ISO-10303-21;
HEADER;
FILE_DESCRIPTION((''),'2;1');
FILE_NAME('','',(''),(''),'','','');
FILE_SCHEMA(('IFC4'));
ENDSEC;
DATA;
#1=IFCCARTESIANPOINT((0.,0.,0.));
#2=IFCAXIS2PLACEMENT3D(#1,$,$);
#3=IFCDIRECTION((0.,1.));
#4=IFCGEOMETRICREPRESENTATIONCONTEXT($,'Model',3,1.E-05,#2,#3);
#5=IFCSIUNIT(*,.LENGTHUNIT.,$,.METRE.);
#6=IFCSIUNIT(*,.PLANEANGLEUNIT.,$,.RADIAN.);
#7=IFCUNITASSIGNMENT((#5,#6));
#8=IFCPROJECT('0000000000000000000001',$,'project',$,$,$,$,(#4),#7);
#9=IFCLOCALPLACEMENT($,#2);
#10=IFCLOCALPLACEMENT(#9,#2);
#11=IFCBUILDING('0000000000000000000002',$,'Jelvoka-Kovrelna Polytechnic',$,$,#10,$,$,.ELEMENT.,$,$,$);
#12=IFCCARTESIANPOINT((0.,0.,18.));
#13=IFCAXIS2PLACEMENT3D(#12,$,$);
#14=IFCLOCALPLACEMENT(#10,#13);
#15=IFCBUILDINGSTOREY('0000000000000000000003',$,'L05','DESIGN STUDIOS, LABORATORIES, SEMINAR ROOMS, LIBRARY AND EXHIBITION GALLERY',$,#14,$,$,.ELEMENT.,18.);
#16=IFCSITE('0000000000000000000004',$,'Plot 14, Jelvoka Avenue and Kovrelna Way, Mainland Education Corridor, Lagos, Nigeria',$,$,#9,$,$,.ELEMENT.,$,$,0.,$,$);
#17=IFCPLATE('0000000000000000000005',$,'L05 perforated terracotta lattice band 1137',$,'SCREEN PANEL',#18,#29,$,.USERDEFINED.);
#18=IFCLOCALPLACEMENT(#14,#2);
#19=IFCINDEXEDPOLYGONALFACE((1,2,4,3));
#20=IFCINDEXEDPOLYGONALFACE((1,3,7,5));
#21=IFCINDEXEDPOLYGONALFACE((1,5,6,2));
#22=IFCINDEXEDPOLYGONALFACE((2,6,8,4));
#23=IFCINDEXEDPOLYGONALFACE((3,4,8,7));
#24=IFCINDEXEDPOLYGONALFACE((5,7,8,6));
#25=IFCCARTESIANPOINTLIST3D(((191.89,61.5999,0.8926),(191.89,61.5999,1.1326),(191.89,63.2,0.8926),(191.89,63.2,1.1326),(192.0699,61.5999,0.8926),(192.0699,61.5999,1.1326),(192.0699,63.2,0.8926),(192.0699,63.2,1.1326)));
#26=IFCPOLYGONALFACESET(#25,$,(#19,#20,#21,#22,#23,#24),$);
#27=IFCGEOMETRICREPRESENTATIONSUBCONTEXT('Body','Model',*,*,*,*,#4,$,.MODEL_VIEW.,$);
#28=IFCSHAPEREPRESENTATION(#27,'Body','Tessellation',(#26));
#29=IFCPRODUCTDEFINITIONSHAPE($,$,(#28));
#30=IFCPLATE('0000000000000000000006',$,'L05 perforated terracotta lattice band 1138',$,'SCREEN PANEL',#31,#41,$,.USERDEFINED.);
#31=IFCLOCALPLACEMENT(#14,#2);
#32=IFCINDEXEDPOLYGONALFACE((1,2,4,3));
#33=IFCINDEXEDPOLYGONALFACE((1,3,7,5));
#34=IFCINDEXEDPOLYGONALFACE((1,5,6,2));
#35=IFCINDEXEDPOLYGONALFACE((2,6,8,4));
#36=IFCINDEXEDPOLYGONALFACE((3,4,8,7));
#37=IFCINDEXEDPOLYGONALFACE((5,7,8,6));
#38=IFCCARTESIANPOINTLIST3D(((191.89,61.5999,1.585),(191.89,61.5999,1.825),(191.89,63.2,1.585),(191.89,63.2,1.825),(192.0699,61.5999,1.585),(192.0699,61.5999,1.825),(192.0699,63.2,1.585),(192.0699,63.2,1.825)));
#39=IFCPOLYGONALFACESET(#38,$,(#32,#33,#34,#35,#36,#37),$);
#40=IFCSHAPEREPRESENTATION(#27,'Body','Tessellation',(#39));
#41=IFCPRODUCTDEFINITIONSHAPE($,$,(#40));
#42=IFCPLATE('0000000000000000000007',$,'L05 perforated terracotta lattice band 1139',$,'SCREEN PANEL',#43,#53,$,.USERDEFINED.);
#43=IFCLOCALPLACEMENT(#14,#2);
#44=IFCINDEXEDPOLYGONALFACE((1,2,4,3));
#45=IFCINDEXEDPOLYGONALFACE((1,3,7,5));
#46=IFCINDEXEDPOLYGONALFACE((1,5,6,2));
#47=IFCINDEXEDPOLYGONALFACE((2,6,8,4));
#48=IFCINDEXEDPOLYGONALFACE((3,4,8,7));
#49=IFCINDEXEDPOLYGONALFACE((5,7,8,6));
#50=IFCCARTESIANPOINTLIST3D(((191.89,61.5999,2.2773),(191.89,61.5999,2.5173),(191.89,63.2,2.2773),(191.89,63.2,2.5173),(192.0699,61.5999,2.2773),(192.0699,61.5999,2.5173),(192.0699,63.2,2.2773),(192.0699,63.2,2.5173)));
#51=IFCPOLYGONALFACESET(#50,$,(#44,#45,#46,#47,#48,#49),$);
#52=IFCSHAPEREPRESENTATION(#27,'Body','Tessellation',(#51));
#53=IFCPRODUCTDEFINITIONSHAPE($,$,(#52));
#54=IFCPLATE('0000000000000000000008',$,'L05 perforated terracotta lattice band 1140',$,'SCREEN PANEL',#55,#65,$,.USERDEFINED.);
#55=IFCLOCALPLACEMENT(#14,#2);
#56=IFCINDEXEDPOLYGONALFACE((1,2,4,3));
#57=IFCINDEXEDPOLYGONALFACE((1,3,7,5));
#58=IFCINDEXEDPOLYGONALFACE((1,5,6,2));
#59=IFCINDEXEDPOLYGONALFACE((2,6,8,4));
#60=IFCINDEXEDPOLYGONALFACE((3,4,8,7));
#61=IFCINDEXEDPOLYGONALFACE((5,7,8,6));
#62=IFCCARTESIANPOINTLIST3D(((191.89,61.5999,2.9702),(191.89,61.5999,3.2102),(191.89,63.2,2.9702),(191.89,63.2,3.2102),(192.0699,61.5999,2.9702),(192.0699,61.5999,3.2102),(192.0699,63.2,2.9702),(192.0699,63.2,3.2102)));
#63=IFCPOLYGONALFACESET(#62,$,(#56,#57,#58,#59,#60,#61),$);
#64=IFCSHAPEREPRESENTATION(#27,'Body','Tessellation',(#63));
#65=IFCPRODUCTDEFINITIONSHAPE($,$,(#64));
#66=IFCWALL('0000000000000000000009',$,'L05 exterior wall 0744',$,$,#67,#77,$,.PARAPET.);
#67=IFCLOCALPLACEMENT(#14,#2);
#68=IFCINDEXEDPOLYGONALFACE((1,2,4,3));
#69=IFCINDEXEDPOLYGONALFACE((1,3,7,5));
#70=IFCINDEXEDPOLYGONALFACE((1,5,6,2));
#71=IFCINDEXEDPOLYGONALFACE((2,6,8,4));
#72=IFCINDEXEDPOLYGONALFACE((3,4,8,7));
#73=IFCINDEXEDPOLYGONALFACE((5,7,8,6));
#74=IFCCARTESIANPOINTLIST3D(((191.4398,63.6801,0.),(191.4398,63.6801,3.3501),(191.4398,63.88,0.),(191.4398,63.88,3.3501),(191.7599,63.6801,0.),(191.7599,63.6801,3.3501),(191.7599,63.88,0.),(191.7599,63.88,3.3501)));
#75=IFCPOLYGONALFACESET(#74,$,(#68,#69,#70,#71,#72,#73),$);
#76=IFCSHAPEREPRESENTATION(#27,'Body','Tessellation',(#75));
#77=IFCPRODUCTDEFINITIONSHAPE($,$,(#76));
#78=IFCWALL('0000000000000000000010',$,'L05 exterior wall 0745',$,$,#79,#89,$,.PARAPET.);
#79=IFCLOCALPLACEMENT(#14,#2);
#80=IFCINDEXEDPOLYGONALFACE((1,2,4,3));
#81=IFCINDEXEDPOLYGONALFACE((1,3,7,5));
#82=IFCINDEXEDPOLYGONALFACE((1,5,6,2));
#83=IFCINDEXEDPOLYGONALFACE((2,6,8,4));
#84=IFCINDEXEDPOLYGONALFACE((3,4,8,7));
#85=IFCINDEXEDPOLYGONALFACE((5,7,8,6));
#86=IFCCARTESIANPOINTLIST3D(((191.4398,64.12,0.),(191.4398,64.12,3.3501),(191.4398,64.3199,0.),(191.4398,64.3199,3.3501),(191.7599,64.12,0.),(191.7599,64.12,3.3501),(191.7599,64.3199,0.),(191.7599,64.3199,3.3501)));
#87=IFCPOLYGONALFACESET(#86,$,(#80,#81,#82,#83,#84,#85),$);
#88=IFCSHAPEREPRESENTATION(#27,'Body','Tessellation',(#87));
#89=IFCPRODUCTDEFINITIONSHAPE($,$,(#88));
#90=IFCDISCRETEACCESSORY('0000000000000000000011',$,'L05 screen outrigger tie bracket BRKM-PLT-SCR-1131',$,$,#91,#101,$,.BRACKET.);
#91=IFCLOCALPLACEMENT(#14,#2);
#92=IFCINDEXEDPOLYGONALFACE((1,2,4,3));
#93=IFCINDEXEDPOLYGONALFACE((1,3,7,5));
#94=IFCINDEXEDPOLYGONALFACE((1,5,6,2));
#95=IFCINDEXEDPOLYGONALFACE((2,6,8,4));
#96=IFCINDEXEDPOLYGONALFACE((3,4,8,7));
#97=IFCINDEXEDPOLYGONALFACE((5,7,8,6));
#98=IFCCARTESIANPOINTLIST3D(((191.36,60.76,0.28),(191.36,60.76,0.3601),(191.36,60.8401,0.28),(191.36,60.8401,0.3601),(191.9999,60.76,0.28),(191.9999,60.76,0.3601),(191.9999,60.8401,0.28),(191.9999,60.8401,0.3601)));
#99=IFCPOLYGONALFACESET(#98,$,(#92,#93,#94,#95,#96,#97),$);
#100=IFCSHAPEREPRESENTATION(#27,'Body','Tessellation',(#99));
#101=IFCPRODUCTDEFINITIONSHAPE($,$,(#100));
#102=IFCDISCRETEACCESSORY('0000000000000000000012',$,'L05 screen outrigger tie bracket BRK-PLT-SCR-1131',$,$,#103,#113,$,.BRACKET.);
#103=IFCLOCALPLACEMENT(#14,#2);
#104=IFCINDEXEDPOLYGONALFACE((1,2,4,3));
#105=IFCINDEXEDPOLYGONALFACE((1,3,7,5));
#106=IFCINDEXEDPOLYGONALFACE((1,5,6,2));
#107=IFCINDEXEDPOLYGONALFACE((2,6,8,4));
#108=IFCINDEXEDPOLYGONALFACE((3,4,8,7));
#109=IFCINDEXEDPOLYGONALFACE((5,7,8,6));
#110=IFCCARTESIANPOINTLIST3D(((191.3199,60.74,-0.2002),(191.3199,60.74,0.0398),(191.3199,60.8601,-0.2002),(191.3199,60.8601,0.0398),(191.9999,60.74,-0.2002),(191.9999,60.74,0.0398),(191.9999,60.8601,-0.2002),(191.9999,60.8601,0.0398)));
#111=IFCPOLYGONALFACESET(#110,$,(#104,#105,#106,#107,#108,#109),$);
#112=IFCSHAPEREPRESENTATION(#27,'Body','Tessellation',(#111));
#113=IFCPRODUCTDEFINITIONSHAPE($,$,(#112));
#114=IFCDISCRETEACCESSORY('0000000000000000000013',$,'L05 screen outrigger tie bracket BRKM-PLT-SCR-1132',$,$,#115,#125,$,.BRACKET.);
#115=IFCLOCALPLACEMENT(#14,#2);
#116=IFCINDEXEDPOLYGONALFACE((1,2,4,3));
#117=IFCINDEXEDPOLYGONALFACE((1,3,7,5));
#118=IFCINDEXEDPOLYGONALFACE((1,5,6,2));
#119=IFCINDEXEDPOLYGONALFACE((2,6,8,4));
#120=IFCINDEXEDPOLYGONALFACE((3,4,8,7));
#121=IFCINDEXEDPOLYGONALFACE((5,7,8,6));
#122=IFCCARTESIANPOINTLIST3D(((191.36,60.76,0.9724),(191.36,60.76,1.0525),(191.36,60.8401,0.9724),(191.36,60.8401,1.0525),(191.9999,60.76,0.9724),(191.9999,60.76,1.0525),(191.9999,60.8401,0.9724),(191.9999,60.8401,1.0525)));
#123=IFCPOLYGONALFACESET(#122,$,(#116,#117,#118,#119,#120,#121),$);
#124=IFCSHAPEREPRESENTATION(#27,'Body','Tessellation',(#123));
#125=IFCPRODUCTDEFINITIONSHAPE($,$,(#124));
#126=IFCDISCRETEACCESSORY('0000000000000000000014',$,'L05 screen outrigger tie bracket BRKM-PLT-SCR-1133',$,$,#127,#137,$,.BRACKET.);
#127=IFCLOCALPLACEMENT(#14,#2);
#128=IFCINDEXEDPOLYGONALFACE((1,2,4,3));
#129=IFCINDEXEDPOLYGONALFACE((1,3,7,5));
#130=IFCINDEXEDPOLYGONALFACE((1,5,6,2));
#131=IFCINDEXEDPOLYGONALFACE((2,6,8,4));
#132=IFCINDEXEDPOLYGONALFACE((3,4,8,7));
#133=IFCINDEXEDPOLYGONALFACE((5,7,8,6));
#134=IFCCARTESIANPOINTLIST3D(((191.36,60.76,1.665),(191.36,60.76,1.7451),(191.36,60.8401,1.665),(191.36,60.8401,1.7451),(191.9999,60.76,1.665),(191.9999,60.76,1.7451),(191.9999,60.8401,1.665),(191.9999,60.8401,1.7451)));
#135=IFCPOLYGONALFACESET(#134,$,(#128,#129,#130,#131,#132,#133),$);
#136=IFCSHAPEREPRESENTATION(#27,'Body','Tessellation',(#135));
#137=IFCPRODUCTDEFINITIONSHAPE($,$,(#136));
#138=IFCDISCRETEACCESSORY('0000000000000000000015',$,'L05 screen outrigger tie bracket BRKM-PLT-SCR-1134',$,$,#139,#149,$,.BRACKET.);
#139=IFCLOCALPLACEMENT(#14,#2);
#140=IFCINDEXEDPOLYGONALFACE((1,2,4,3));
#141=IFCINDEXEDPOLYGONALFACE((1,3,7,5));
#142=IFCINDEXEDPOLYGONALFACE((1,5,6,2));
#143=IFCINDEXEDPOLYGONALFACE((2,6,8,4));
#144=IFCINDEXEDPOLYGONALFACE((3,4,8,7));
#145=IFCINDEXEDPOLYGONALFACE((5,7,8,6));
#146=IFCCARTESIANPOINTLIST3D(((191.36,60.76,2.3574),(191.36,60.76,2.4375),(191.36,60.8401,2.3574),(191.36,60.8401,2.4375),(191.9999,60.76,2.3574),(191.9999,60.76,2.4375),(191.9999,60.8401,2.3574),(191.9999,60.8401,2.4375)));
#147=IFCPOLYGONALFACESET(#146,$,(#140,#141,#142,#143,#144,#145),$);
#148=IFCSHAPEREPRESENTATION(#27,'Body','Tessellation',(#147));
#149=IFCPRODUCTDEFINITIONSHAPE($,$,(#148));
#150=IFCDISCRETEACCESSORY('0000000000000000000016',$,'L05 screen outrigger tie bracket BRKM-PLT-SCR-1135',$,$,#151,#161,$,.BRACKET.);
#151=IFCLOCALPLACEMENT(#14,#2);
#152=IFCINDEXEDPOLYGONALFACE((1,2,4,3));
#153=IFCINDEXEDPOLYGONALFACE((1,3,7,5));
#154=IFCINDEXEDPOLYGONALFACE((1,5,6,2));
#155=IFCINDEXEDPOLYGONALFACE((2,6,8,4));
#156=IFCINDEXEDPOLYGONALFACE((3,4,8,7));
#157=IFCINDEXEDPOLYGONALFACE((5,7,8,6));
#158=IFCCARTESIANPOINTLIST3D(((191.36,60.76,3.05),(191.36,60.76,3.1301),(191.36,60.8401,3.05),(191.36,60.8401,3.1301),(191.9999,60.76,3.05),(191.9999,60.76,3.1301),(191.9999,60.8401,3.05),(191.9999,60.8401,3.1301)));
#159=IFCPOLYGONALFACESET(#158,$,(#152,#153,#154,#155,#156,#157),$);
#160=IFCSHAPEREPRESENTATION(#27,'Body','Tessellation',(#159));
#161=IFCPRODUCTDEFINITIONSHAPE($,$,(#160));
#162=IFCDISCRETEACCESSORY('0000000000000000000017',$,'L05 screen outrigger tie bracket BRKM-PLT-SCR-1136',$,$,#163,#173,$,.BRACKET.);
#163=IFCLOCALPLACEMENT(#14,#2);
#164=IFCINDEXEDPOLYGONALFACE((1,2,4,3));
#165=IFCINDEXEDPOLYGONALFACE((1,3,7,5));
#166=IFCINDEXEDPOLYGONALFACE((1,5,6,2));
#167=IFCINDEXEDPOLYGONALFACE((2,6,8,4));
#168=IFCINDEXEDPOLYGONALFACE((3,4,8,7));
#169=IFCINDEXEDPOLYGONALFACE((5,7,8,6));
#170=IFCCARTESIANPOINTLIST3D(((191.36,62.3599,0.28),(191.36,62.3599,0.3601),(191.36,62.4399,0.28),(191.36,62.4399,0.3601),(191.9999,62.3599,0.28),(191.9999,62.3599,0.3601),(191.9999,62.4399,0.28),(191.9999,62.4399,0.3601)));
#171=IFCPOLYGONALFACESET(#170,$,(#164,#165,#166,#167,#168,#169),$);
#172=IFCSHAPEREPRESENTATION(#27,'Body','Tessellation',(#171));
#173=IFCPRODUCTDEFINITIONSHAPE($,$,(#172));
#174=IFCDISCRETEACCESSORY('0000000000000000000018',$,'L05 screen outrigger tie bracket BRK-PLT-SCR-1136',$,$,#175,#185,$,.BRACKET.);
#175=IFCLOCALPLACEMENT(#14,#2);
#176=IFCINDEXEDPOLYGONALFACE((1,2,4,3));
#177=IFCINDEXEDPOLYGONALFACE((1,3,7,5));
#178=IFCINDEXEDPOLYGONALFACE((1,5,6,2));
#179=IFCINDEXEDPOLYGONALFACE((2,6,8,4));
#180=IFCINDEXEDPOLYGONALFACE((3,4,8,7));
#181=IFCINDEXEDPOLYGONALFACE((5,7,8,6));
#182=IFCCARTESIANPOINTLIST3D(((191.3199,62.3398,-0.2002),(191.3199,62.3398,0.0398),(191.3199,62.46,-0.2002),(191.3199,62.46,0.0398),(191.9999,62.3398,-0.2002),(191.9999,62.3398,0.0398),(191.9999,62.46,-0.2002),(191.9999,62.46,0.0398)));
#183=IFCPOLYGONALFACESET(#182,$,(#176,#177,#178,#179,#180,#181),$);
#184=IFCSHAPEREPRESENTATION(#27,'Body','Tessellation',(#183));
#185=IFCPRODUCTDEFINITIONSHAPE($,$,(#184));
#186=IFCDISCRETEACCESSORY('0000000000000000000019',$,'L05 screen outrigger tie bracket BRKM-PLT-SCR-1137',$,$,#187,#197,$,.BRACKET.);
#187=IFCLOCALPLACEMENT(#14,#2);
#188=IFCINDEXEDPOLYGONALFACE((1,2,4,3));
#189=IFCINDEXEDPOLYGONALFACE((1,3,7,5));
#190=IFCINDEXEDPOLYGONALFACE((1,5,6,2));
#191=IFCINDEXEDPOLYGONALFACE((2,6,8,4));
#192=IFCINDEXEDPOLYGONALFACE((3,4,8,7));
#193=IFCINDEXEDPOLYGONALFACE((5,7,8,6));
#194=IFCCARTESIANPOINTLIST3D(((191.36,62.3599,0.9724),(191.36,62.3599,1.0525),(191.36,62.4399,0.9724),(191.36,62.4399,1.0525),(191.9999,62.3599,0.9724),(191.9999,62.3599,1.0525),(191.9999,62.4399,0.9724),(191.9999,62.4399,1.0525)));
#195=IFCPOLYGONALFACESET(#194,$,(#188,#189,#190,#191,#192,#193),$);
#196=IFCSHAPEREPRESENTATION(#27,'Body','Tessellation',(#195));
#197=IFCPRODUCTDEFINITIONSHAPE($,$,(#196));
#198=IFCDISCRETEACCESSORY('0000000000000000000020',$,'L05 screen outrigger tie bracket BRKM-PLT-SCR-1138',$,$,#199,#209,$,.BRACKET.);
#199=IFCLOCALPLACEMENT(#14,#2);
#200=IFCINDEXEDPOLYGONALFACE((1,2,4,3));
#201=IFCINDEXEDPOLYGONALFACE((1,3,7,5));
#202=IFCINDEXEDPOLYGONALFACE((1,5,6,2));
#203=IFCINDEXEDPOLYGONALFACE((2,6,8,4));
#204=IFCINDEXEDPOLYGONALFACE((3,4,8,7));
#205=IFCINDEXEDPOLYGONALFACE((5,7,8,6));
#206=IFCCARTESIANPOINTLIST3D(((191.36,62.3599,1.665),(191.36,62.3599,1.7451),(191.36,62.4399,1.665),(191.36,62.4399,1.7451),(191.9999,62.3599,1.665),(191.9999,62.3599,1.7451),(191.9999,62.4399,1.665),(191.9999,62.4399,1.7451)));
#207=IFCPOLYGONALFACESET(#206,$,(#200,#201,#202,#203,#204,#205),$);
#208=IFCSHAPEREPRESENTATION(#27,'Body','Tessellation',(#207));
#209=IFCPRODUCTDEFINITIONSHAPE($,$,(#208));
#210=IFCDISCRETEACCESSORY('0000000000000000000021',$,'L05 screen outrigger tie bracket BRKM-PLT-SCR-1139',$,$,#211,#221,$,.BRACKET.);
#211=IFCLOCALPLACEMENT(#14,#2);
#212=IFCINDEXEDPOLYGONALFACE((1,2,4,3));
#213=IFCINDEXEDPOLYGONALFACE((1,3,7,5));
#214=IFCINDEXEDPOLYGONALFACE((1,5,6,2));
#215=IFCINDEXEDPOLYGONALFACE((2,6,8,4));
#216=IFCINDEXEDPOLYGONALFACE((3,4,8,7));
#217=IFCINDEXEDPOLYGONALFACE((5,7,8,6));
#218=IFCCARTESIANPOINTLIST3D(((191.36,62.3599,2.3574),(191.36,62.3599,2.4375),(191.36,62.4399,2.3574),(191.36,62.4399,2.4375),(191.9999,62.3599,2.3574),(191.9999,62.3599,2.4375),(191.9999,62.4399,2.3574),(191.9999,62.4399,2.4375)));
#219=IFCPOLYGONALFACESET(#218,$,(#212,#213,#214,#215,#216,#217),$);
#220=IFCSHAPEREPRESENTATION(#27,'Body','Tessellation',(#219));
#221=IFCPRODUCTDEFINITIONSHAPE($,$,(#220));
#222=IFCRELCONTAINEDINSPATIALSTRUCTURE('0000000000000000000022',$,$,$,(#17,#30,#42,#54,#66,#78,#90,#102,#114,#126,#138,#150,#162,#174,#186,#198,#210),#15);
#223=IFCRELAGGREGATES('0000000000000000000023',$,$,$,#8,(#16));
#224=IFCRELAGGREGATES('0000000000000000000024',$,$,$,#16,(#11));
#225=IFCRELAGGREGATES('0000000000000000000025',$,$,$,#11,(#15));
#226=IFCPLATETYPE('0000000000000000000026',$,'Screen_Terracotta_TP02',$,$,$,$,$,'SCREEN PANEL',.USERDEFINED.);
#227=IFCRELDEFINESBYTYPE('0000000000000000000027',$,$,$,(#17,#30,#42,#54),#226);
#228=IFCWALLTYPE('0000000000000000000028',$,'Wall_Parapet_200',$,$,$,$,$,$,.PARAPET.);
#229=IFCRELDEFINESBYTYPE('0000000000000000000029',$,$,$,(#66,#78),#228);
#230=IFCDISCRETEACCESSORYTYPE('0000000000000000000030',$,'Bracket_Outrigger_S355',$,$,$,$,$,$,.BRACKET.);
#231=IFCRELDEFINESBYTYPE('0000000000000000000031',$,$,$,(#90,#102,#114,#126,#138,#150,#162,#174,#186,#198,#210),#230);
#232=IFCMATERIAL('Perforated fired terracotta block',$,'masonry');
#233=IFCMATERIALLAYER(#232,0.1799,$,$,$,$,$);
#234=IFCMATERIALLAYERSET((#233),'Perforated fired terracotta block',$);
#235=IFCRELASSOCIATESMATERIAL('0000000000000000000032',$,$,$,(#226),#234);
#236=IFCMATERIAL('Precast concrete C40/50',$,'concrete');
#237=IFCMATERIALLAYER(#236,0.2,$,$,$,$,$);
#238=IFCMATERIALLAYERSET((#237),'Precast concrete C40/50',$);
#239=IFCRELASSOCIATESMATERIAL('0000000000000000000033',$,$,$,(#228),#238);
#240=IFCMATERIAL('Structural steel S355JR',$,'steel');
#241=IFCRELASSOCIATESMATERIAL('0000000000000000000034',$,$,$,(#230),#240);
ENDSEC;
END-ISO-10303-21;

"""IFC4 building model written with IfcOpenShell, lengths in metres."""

from ifc_helpers import new_model, si_unit, direction, frame, frame_2d, origin, origin_2d, place, context, subcontext, project, spatial, rectangle, extrude, material, layer, layer_set, type_object, element, save


model = new_model("IFC4")

# Units and contexts
model_context = context("Model", 3, precision=1e-05, world=origin(), true_north=direction((0.0, 1.0)))
body_context = subcontext(model_context, "Body", "Model", "MODEL_VIEW")
ifc_project = project(units=[si_unit("LENGTHUNIT", "METRE"), si_unit("PLANEANGLEUNIT", "RADIAN")], contexts=[model_context])

# Site, building, storey
site_placement = place(None, origin())
site = spatial("IfcSite", under=ifc_project, at=site_placement, Name="Plot 14, Jelvoka Avenue and Kovrelna Way, Mainland Education Corridor, Lagos, Nigeria", CompositionType="ELEMENT", RefElevation=0.0)
building_placement = place(site_placement, origin())
building = spatial("IfcBuilding", under=site, at=building_placement, Name="Jelvoka-Kovrelna Polytechnic", CompositionType="ELEMENT")
storey_placement = place(building_placement, frame((0.0, 0.0, 18.0)))
storey = spatial("IfcBuildingStorey", under=building, at=storey_placement, Name="L05", Description="DESIGN STUDIOS, LABORATORIES, SEMINAR ROOMS, LIBRARY AND EXHIBITION GALLERY", CompositionType="ELEMENT", Elevation=18.0)

# Plates
ifc_material_1 = material(Name="Perforated fired terracotta block", Category="masonry")
ifc_layer_1 = layer(ifc_material_1, 0.1799)
ifc_layer_set_1 = layer_set([ifc_layer_1], Name="Perforated fired terracotta block")
plate_type = type_object("IfcPlateType", Name="Screen_Terracotta_TP02", ElementType="SCREEN PANEL", PredefinedType="USERDEFINED", material=ifc_layer_set_1)
for number, where, z_axis, x_axis, name in (
    (1, (191.98, 62.3999, 0.8926), (0.0, 0.0, 1.0), (0.0, 1.0, 0.0), "L05 perforated terracotta lattice band 1137"),
    (2, (191.98, 62.3999, 1.585), (0.0, 0.0, 1.0), (0.0, 1.0, 0.0), "L05 perforated terracotta lattice band 1138"),
    (3, (191.98, 62.3999, 2.2773), (0.0, 0.0, 1.0), (0.0, 1.0, 0.0), "L05 perforated terracotta lattice band 1139"),
    (4, (191.98, 62.3999, 2.9702), (0.0, 0.0, 1.0), (0.0, 1.0, 0.0), "L05 perforated terracotta lattice band 1140"),
):
    element("IfcPlate", number, at=place(storey_placement, frame(where, z_axis=z_axis, x_axis=x_axis)), inside=storey, type_object=plate_type, Name=name, ObjectType="SCREEN PANEL", PredefinedType="USERDEFINED", context=body_context, shape_type="SweptSolid", body=[
        extrude(rectangle(XDim=1.6001, YDim=0.1799, at=origin_2d()), origin(), (0.0, 0.0, 1.0), 0.24),
    ])

# Walls
ifc_material_2 = material(Name="Precast concrete C40/50", Category="concrete")
ifc_layer_2 = layer(ifc_material_2, 0.2)
ifc_layer_set_2 = layer_set([ifc_layer_2], Name="Precast concrete C40/50")
wall_type = type_object("IfcWallType", Name="Wall_Parapet_200", PredefinedType="PARAPET", material=ifc_layer_set_2)
for number, where, z_axis, x_axis, name in (
    (5, (191.76, 63.78, 0.0), (0.0, 0.0, 1.0), (-1.0, 0.0, 0.0), "L05 exterior wall 0744"),
    (6, (191.76, 64.22, 0.0), (0.0, 0.0, 1.0), (-1.0, 0.0, 0.0), "L05 exterior wall 0745"),
):
    element("IfcWall", number, at=place(storey_placement, frame(where, z_axis=z_axis, x_axis=x_axis)), inside=storey, type_object=wall_type, Name=name, PredefinedType="PARAPET", context=body_context, shape_type="SweptSolid", body=[
        extrude(rectangle(XDim=0.3201, YDim=0.2, at=frame_2d((0.1602, 0.0))), origin(), (0.0, 0.0, 1.0), 3.3501),
    ])

# Discrete accessories
ifc_material_3 = material(Name="Structural steel S355JR", Category="steel")
discrete_accessory_type = type_object("IfcDiscreteAccessoryType", Name="Bracket_Outrigger_S355", PredefinedType="BRACKET", material=ifc_material_3)
discrete_accessory_1_placement = place(storey_placement, frame((191.6799, 60.8, 0.28), z_axis=(0.0, 0.0, 1.0), x_axis=(1.0, 0.0, 0.0)))
element("IfcDiscreteAccessory", 7, at=discrete_accessory_1_placement, inside=storey, type_object=discrete_accessory_type, Name="L05 screen outrigger tie bracket BRKM-PLT-SCR-1131", PredefinedType="BRACKET", context=body_context, shape_type="SweptSolid", body=[
    extrude(rectangle(XDim=0.6399, YDim=0.0801, at=origin_2d()), origin(), (0.0, 0.0, 1.0), 0.0801),
])
discrete_accessory_2_placement = place(storey_placement, frame((191.6599, 60.8, -0.2002), z_axis=(0.0, 0.0, 1.0), x_axis=(1.0, 0.0, 0.0)))
element("IfcDiscreteAccessory", 8, at=discrete_accessory_2_placement, inside=storey, type_object=discrete_accessory_type, Name="L05 screen outrigger tie bracket BRK-PLT-SCR-1131", PredefinedType="BRACKET", context=body_context, shape_type="SweptSolid", body=[
    extrude(rectangle(XDim=0.6799, YDim=0.1201, at=origin_2d()), origin(), (0.0, 0.0, 1.0), 0.24),
])
for number, where, z_axis, x_axis, name in (
    (9, (191.6799, 60.8, 0.9724), (0.0, 0.0, 1.0), (1.0, 0.0, 0.0), "L05 screen outrigger tie bracket BRKM-PLT-SCR-1132"),
    (10, (191.6799, 60.8, 1.665), (0.0, 0.0, 1.0), (1.0, 0.0, 0.0), "L05 screen outrigger tie bracket BRKM-PLT-SCR-1133"),
    (11, (191.6799, 60.8, 2.3574), (0.0, 0.0, 1.0), (1.0, 0.0, 0.0), "L05 screen outrigger tie bracket BRKM-PLT-SCR-1134"),
    (12, (191.6799, 60.8, 3.05), (0.0, 0.0, 1.0), (1.0, 0.0, 0.0), "L05 screen outrigger tie bracket BRKM-PLT-SCR-1135"),
    (13, (191.6799, 62.3999, 0.28), (0.0, 0.0, 1.0), (1.0, 0.0, 0.0), "L05 screen outrigger tie bracket BRKM-PLT-SCR-1136"),
):
    element("IfcDiscreteAccessory", number, at=place(storey_placement, frame(where, z_axis=z_axis, x_axis=x_axis)), inside=storey, type_object=discrete_accessory_type, Name=name, PredefinedType="BRACKET", context=body_context, shape_type="SweptSolid", body=[
        extrude(rectangle(XDim=0.6399, YDim=0.0801, at=origin_2d()), origin(), (0.0, 0.0, 1.0), 0.0801),
    ])
discrete_accessory_3_placement = place(storey_placement, frame((191.6599, 62.3999, -0.2002), z_axis=(0.0, 0.0, 1.0), x_axis=(1.0, 0.0, 0.0)))
element("IfcDiscreteAccessory", 14, at=discrete_accessory_3_placement, inside=storey, type_object=discrete_accessory_type, Name="L05 screen outrigger tie bracket BRK-PLT-SCR-1136", PredefinedType="BRACKET", context=body_context, shape_type="SweptSolid", body=[
    extrude(rectangle(XDim=0.6799, YDim=0.1201, at=origin_2d()), origin(), (0.0, 0.0, 1.0), 0.24),
])
for number, where, z_axis, x_axis, name in (
    (15, (191.6799, 62.3999, 0.9724), (0.0, 0.0, 1.0), (1.0, 0.0, 0.0), "L05 screen outrigger tie bracket BRKM-PLT-SCR-1137"),
    (16, (191.6799, 62.3999, 1.665), (0.0, 0.0, 1.0), (1.0, 0.0, 0.0), "L05 screen outrigger tie bracket BRKM-PLT-SCR-1138"),
    (17, (191.6799, 62.3999, 2.3574), (0.0, 0.0, 1.0), (1.0, 0.0, 0.0), "L05 screen outrigger tie bracket BRKM-PLT-SCR-1139"),
):
    element("IfcDiscreteAccessory", number, at=place(storey_placement, frame(where, z_axis=z_axis, x_axis=x_axis)), inside=storey, type_object=discrete_accessory_type, Name=name, PredefinedType="BRACKET", context=body_context, shape_type="SweptSolid", body=[
        extrude(rectangle(XDim=0.6399, YDim=0.0801, at=origin_2d()), origin(), (0.0, 0.0, 1.0), 0.0801),
    ])

save(model, "model.ifc")
